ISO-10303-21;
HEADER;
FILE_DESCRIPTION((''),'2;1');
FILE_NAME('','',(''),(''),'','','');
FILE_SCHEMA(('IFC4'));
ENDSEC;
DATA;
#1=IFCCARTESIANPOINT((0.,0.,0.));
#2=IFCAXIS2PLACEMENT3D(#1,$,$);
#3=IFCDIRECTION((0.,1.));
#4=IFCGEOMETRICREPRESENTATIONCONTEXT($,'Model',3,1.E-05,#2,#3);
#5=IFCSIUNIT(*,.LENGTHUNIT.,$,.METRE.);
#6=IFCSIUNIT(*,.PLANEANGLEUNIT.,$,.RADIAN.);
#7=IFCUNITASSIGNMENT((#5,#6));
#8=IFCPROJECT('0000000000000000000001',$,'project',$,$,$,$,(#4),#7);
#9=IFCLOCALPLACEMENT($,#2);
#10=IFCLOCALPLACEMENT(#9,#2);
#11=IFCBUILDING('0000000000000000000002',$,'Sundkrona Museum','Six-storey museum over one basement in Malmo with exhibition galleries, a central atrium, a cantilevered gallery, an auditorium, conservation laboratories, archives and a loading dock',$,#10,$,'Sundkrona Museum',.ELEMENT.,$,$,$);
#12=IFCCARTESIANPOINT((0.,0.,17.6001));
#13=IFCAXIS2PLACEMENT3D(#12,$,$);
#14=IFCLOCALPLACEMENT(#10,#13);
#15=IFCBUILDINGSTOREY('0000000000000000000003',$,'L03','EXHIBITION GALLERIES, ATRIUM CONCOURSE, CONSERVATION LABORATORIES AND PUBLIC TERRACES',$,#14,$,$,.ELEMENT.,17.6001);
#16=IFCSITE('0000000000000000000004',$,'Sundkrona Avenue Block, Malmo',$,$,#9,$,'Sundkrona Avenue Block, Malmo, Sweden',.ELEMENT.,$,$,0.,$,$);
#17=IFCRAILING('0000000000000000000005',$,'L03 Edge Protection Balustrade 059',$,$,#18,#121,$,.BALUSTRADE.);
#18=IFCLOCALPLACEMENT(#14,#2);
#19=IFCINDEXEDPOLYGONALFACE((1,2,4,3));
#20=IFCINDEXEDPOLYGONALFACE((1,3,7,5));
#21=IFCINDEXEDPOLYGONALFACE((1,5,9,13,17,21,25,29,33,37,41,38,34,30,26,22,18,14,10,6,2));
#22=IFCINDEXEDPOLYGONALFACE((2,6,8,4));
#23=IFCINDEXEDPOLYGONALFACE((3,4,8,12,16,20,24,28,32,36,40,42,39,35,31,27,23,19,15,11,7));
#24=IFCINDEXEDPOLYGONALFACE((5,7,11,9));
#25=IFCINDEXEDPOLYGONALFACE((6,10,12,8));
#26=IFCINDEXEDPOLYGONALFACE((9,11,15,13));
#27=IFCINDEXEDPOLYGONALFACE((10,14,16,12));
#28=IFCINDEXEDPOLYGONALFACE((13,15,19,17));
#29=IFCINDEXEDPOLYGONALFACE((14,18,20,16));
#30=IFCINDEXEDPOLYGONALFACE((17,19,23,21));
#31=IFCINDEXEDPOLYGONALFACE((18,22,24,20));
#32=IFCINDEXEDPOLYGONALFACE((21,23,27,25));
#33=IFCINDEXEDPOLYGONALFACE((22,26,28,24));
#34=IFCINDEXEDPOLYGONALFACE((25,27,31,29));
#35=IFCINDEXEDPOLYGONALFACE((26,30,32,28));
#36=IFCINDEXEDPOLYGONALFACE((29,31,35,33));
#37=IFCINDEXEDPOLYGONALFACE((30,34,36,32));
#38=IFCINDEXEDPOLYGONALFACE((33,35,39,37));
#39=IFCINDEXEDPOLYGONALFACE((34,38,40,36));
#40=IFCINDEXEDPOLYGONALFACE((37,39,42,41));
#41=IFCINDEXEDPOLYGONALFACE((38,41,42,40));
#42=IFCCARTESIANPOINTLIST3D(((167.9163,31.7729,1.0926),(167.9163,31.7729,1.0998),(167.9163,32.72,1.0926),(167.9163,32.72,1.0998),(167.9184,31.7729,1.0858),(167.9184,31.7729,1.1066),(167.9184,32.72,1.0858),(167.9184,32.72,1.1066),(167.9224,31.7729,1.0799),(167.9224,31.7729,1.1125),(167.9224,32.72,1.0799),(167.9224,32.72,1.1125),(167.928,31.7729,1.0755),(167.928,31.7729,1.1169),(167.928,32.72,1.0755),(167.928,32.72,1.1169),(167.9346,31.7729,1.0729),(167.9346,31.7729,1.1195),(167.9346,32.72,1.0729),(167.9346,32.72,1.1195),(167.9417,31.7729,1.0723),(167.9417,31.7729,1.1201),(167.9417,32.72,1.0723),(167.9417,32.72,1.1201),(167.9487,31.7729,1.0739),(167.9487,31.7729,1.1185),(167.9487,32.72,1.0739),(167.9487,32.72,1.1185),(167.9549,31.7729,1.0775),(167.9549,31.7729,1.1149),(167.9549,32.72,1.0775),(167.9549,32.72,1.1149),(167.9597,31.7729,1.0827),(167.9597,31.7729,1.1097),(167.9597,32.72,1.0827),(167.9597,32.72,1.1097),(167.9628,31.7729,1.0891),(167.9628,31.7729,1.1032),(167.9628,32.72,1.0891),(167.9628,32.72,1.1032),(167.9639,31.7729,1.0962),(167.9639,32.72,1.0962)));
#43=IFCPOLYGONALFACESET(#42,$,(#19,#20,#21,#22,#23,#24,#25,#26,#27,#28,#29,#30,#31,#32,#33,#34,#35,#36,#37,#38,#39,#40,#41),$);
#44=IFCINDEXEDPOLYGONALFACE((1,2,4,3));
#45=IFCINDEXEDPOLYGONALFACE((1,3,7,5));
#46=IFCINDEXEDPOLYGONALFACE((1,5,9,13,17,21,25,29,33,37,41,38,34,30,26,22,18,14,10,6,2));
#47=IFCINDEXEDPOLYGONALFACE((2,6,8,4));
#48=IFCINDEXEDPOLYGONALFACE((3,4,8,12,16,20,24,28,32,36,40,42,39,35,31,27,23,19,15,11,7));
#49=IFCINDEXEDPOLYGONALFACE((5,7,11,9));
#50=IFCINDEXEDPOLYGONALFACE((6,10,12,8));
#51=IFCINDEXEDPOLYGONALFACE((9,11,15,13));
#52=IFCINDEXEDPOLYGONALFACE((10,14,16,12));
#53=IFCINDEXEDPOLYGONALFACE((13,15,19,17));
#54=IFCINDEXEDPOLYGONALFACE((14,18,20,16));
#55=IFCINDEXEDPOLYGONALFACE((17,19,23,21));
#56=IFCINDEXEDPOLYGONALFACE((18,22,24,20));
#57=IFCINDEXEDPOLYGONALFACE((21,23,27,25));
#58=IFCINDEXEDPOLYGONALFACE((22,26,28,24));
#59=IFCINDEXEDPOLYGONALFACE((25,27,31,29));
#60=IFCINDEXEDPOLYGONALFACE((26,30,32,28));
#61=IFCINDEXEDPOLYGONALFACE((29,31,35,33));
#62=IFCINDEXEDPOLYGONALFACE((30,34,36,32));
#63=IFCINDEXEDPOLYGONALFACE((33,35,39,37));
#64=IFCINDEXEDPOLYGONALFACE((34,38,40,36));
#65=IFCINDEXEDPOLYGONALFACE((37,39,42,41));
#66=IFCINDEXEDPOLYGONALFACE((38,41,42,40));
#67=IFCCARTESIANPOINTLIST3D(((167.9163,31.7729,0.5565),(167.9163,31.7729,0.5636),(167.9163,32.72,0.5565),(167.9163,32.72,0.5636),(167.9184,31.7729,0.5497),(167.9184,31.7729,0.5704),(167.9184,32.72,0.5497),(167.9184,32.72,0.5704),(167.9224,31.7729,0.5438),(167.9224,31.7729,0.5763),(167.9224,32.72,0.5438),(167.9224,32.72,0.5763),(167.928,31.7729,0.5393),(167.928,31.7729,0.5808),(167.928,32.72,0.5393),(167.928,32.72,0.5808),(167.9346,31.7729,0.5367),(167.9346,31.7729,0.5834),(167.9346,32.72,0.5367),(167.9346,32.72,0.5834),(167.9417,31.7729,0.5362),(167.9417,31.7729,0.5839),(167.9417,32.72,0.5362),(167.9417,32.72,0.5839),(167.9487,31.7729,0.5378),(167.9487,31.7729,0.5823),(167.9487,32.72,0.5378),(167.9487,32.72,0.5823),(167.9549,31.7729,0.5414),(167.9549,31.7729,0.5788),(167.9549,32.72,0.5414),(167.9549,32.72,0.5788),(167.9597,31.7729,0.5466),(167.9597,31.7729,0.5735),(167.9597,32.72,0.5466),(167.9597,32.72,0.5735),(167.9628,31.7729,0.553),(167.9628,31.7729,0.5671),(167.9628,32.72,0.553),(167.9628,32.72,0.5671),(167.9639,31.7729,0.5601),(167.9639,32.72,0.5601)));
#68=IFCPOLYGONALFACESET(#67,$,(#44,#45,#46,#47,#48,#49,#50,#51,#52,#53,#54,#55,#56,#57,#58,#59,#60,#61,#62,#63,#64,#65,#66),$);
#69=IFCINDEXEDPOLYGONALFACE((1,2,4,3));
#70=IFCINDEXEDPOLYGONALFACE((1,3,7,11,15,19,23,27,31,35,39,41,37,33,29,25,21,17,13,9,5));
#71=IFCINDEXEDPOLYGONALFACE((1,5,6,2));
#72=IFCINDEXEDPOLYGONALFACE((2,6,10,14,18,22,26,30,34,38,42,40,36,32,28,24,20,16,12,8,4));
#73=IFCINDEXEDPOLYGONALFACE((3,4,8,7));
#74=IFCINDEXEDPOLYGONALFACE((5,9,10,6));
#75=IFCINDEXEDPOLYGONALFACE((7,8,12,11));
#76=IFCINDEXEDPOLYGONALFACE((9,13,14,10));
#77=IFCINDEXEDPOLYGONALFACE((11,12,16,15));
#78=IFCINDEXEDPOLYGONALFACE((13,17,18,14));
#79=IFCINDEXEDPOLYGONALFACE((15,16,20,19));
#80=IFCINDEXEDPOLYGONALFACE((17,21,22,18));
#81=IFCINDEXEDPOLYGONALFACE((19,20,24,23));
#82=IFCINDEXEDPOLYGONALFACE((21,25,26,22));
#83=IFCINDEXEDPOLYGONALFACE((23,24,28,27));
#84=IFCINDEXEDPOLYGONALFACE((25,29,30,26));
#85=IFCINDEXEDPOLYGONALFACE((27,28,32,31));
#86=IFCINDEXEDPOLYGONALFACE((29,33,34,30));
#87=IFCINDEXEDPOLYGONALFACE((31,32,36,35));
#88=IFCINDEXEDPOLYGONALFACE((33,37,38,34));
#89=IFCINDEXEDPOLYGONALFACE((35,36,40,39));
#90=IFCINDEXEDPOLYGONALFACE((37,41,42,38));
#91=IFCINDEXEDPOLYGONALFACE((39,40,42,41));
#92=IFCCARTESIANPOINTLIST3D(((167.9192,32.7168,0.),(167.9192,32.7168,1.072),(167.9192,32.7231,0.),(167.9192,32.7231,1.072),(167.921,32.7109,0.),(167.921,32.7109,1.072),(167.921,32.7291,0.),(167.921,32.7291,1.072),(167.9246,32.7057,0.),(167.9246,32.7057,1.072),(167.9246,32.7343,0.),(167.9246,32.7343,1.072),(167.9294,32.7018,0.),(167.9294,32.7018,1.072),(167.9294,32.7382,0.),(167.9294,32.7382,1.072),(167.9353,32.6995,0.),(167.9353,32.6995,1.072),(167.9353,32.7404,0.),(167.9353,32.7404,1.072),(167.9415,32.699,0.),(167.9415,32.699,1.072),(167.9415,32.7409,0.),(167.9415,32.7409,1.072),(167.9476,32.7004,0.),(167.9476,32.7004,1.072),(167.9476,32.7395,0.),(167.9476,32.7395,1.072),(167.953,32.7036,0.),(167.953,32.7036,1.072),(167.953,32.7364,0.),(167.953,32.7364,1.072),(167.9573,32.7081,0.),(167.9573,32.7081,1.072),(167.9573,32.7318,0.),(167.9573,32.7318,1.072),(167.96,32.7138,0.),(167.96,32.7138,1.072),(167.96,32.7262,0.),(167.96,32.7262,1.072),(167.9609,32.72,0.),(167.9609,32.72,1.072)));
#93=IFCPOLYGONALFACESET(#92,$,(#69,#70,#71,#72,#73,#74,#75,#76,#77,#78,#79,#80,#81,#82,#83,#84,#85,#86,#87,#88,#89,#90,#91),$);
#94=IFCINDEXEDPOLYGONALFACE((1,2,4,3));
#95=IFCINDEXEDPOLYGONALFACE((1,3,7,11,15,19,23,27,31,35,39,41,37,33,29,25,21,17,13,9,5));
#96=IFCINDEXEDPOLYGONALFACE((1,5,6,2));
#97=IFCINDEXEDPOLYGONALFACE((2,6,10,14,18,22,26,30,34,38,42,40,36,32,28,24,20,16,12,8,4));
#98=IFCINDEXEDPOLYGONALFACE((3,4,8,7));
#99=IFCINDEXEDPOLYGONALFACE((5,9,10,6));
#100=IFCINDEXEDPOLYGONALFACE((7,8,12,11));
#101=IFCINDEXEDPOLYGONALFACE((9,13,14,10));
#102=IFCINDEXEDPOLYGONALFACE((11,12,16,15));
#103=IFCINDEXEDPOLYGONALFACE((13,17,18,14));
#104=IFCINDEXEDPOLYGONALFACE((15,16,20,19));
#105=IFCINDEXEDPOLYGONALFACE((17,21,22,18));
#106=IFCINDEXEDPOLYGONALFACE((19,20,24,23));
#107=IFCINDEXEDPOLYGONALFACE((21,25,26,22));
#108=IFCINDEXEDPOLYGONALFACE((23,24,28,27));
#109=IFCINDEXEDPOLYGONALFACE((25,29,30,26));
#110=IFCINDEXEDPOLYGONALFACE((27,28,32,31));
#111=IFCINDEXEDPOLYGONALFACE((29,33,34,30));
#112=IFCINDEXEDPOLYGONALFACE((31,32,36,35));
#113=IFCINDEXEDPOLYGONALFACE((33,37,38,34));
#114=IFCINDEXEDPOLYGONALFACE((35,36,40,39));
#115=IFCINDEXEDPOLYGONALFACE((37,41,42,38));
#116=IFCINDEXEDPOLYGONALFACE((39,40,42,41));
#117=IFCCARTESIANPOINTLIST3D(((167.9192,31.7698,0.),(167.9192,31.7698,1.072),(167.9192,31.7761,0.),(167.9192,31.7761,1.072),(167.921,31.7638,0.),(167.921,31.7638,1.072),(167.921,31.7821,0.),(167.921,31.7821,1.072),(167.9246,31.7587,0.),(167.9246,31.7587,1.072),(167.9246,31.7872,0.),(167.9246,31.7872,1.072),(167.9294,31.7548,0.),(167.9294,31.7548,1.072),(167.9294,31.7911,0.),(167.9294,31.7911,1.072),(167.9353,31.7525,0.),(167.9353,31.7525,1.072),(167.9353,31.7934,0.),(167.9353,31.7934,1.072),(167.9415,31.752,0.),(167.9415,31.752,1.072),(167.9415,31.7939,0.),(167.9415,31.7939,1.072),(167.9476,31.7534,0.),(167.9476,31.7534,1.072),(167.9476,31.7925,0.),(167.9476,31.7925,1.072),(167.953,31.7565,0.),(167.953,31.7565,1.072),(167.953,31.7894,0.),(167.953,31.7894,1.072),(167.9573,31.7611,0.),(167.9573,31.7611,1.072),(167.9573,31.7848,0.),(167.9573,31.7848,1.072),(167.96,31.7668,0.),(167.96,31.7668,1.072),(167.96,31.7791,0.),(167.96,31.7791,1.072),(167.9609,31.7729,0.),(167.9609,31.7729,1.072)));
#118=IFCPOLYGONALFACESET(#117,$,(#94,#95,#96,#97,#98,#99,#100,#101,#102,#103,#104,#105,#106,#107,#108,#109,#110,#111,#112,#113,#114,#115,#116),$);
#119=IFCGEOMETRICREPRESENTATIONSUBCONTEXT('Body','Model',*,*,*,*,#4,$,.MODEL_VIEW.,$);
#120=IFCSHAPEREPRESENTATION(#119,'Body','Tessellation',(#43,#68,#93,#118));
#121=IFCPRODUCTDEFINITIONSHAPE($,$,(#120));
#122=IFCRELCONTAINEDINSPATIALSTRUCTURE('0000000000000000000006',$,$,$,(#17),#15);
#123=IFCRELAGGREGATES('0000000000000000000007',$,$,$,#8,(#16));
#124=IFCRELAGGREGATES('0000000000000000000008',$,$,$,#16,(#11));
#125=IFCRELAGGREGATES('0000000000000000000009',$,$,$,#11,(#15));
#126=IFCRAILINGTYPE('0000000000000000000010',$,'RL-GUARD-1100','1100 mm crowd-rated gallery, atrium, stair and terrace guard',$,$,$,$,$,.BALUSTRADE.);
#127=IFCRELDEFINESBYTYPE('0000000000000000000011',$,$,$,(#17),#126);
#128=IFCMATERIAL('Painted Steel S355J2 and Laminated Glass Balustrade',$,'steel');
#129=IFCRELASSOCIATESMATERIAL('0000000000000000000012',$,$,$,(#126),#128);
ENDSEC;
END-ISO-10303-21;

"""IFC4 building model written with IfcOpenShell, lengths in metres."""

from ifc_helpers import new_model, si_unit, direction, frame, origin, origin_2d, place, context, subcontext, project, spatial, circle, extrude, material, type_object, element, save


model = new_model("IFC4")

# Units and contexts
model_context = context("Model", 3, precision=1e-05, world=origin(), true_north=direction((0.0, 1.0)))
body_context = subcontext(model_context, "Body", "Model", "MODEL_VIEW")
ifc_project = project(units=[si_unit("LENGTHUNIT", "METRE"), si_unit("PLANEANGLEUNIT", "RADIAN")], contexts=[model_context])

# Site, building, storey
site_placement = place(None, origin())
site = spatial("IfcSite", under=ifc_project, at=site_placement, Name="Sundkrona Avenue Block, Malmo", LongName="Sundkrona Avenue Block, Malmo, Sweden", CompositionType="ELEMENT", RefElevation=0.0)
building_placement = place(site_placement, origin())
building = spatial("IfcBuilding", under=site, at=building_placement, Name="Sundkrona Museum", Description="Six-storey museum over one basement in Malmo with exhibition galleries, a central atrium, a cantilevered gallery, an auditorium, conservation laboratories, archives and a loading dock", LongName="Sundkrona Museum", CompositionType="ELEMENT")
storey_placement = place(building_placement, frame((0.0, 0.0, 17.6001)))
storey = spatial("IfcBuildingStorey", under=building, at=storey_placement, Name="L03", Description="EXHIBITION GALLERIES, ATRIUM CONCOURSE, CONSERVATION LABORATORIES AND PUBLIC TERRACES", CompositionType="ELEMENT", Elevation=17.6001)

# Railing
ifc_material_1 = material(Name="Painted Steel S355J2 and Laminated Glass Balustrade", Category="steel")
railing_type_1 = type_object("IfcRailingType", Name="RL-GUARD-1100", Description="1100 mm crowd-rated gallery, atrium, stair and terrace guard", PredefinedType="BALUSTRADE", material=ifc_material_1)
railing_1_placement = place(storey_placement, frame((167.9399, 32.72, 0.0)))
element("IfcRailing", 1, at=railing_1_placement, inside=storey, type_object=railing_type_1, Name="L03 Edge Protection Balustrade 059", PredefinedType="BALUSTRADE", context=body_context, shape_type="SweptSolid", body=[
    extrude(circle(Radius=0.0239, at=origin_2d()), frame((0.0, 0.0, 1.0962), z_axis=(0.0, -1.0, 0.0), x_axis=(1.0, 0.0, 0.0)), (0.0, 0.0, 1.0), 0.947),
    extrude(circle(Radius=0.0239, at=origin_2d()), frame((0.0, 0.0, 0.5601), z_axis=(0.0, -1.0, 0.0), x_axis=(1.0, 0.0, 0.0)), (0.0, 0.0, 1.0), 0.947),
    extrude(circle(Radius=0.021, at=origin_2d()), origin(), (0.0, 0.0, 1.0), 1.072),
    extrude(circle(Radius=0.021, at=origin_2d()), frame((0.0, -0.947, 0.0)), (0.0, 0.0, 1.0), 1.072),
])

save(model, "model.ifc")
